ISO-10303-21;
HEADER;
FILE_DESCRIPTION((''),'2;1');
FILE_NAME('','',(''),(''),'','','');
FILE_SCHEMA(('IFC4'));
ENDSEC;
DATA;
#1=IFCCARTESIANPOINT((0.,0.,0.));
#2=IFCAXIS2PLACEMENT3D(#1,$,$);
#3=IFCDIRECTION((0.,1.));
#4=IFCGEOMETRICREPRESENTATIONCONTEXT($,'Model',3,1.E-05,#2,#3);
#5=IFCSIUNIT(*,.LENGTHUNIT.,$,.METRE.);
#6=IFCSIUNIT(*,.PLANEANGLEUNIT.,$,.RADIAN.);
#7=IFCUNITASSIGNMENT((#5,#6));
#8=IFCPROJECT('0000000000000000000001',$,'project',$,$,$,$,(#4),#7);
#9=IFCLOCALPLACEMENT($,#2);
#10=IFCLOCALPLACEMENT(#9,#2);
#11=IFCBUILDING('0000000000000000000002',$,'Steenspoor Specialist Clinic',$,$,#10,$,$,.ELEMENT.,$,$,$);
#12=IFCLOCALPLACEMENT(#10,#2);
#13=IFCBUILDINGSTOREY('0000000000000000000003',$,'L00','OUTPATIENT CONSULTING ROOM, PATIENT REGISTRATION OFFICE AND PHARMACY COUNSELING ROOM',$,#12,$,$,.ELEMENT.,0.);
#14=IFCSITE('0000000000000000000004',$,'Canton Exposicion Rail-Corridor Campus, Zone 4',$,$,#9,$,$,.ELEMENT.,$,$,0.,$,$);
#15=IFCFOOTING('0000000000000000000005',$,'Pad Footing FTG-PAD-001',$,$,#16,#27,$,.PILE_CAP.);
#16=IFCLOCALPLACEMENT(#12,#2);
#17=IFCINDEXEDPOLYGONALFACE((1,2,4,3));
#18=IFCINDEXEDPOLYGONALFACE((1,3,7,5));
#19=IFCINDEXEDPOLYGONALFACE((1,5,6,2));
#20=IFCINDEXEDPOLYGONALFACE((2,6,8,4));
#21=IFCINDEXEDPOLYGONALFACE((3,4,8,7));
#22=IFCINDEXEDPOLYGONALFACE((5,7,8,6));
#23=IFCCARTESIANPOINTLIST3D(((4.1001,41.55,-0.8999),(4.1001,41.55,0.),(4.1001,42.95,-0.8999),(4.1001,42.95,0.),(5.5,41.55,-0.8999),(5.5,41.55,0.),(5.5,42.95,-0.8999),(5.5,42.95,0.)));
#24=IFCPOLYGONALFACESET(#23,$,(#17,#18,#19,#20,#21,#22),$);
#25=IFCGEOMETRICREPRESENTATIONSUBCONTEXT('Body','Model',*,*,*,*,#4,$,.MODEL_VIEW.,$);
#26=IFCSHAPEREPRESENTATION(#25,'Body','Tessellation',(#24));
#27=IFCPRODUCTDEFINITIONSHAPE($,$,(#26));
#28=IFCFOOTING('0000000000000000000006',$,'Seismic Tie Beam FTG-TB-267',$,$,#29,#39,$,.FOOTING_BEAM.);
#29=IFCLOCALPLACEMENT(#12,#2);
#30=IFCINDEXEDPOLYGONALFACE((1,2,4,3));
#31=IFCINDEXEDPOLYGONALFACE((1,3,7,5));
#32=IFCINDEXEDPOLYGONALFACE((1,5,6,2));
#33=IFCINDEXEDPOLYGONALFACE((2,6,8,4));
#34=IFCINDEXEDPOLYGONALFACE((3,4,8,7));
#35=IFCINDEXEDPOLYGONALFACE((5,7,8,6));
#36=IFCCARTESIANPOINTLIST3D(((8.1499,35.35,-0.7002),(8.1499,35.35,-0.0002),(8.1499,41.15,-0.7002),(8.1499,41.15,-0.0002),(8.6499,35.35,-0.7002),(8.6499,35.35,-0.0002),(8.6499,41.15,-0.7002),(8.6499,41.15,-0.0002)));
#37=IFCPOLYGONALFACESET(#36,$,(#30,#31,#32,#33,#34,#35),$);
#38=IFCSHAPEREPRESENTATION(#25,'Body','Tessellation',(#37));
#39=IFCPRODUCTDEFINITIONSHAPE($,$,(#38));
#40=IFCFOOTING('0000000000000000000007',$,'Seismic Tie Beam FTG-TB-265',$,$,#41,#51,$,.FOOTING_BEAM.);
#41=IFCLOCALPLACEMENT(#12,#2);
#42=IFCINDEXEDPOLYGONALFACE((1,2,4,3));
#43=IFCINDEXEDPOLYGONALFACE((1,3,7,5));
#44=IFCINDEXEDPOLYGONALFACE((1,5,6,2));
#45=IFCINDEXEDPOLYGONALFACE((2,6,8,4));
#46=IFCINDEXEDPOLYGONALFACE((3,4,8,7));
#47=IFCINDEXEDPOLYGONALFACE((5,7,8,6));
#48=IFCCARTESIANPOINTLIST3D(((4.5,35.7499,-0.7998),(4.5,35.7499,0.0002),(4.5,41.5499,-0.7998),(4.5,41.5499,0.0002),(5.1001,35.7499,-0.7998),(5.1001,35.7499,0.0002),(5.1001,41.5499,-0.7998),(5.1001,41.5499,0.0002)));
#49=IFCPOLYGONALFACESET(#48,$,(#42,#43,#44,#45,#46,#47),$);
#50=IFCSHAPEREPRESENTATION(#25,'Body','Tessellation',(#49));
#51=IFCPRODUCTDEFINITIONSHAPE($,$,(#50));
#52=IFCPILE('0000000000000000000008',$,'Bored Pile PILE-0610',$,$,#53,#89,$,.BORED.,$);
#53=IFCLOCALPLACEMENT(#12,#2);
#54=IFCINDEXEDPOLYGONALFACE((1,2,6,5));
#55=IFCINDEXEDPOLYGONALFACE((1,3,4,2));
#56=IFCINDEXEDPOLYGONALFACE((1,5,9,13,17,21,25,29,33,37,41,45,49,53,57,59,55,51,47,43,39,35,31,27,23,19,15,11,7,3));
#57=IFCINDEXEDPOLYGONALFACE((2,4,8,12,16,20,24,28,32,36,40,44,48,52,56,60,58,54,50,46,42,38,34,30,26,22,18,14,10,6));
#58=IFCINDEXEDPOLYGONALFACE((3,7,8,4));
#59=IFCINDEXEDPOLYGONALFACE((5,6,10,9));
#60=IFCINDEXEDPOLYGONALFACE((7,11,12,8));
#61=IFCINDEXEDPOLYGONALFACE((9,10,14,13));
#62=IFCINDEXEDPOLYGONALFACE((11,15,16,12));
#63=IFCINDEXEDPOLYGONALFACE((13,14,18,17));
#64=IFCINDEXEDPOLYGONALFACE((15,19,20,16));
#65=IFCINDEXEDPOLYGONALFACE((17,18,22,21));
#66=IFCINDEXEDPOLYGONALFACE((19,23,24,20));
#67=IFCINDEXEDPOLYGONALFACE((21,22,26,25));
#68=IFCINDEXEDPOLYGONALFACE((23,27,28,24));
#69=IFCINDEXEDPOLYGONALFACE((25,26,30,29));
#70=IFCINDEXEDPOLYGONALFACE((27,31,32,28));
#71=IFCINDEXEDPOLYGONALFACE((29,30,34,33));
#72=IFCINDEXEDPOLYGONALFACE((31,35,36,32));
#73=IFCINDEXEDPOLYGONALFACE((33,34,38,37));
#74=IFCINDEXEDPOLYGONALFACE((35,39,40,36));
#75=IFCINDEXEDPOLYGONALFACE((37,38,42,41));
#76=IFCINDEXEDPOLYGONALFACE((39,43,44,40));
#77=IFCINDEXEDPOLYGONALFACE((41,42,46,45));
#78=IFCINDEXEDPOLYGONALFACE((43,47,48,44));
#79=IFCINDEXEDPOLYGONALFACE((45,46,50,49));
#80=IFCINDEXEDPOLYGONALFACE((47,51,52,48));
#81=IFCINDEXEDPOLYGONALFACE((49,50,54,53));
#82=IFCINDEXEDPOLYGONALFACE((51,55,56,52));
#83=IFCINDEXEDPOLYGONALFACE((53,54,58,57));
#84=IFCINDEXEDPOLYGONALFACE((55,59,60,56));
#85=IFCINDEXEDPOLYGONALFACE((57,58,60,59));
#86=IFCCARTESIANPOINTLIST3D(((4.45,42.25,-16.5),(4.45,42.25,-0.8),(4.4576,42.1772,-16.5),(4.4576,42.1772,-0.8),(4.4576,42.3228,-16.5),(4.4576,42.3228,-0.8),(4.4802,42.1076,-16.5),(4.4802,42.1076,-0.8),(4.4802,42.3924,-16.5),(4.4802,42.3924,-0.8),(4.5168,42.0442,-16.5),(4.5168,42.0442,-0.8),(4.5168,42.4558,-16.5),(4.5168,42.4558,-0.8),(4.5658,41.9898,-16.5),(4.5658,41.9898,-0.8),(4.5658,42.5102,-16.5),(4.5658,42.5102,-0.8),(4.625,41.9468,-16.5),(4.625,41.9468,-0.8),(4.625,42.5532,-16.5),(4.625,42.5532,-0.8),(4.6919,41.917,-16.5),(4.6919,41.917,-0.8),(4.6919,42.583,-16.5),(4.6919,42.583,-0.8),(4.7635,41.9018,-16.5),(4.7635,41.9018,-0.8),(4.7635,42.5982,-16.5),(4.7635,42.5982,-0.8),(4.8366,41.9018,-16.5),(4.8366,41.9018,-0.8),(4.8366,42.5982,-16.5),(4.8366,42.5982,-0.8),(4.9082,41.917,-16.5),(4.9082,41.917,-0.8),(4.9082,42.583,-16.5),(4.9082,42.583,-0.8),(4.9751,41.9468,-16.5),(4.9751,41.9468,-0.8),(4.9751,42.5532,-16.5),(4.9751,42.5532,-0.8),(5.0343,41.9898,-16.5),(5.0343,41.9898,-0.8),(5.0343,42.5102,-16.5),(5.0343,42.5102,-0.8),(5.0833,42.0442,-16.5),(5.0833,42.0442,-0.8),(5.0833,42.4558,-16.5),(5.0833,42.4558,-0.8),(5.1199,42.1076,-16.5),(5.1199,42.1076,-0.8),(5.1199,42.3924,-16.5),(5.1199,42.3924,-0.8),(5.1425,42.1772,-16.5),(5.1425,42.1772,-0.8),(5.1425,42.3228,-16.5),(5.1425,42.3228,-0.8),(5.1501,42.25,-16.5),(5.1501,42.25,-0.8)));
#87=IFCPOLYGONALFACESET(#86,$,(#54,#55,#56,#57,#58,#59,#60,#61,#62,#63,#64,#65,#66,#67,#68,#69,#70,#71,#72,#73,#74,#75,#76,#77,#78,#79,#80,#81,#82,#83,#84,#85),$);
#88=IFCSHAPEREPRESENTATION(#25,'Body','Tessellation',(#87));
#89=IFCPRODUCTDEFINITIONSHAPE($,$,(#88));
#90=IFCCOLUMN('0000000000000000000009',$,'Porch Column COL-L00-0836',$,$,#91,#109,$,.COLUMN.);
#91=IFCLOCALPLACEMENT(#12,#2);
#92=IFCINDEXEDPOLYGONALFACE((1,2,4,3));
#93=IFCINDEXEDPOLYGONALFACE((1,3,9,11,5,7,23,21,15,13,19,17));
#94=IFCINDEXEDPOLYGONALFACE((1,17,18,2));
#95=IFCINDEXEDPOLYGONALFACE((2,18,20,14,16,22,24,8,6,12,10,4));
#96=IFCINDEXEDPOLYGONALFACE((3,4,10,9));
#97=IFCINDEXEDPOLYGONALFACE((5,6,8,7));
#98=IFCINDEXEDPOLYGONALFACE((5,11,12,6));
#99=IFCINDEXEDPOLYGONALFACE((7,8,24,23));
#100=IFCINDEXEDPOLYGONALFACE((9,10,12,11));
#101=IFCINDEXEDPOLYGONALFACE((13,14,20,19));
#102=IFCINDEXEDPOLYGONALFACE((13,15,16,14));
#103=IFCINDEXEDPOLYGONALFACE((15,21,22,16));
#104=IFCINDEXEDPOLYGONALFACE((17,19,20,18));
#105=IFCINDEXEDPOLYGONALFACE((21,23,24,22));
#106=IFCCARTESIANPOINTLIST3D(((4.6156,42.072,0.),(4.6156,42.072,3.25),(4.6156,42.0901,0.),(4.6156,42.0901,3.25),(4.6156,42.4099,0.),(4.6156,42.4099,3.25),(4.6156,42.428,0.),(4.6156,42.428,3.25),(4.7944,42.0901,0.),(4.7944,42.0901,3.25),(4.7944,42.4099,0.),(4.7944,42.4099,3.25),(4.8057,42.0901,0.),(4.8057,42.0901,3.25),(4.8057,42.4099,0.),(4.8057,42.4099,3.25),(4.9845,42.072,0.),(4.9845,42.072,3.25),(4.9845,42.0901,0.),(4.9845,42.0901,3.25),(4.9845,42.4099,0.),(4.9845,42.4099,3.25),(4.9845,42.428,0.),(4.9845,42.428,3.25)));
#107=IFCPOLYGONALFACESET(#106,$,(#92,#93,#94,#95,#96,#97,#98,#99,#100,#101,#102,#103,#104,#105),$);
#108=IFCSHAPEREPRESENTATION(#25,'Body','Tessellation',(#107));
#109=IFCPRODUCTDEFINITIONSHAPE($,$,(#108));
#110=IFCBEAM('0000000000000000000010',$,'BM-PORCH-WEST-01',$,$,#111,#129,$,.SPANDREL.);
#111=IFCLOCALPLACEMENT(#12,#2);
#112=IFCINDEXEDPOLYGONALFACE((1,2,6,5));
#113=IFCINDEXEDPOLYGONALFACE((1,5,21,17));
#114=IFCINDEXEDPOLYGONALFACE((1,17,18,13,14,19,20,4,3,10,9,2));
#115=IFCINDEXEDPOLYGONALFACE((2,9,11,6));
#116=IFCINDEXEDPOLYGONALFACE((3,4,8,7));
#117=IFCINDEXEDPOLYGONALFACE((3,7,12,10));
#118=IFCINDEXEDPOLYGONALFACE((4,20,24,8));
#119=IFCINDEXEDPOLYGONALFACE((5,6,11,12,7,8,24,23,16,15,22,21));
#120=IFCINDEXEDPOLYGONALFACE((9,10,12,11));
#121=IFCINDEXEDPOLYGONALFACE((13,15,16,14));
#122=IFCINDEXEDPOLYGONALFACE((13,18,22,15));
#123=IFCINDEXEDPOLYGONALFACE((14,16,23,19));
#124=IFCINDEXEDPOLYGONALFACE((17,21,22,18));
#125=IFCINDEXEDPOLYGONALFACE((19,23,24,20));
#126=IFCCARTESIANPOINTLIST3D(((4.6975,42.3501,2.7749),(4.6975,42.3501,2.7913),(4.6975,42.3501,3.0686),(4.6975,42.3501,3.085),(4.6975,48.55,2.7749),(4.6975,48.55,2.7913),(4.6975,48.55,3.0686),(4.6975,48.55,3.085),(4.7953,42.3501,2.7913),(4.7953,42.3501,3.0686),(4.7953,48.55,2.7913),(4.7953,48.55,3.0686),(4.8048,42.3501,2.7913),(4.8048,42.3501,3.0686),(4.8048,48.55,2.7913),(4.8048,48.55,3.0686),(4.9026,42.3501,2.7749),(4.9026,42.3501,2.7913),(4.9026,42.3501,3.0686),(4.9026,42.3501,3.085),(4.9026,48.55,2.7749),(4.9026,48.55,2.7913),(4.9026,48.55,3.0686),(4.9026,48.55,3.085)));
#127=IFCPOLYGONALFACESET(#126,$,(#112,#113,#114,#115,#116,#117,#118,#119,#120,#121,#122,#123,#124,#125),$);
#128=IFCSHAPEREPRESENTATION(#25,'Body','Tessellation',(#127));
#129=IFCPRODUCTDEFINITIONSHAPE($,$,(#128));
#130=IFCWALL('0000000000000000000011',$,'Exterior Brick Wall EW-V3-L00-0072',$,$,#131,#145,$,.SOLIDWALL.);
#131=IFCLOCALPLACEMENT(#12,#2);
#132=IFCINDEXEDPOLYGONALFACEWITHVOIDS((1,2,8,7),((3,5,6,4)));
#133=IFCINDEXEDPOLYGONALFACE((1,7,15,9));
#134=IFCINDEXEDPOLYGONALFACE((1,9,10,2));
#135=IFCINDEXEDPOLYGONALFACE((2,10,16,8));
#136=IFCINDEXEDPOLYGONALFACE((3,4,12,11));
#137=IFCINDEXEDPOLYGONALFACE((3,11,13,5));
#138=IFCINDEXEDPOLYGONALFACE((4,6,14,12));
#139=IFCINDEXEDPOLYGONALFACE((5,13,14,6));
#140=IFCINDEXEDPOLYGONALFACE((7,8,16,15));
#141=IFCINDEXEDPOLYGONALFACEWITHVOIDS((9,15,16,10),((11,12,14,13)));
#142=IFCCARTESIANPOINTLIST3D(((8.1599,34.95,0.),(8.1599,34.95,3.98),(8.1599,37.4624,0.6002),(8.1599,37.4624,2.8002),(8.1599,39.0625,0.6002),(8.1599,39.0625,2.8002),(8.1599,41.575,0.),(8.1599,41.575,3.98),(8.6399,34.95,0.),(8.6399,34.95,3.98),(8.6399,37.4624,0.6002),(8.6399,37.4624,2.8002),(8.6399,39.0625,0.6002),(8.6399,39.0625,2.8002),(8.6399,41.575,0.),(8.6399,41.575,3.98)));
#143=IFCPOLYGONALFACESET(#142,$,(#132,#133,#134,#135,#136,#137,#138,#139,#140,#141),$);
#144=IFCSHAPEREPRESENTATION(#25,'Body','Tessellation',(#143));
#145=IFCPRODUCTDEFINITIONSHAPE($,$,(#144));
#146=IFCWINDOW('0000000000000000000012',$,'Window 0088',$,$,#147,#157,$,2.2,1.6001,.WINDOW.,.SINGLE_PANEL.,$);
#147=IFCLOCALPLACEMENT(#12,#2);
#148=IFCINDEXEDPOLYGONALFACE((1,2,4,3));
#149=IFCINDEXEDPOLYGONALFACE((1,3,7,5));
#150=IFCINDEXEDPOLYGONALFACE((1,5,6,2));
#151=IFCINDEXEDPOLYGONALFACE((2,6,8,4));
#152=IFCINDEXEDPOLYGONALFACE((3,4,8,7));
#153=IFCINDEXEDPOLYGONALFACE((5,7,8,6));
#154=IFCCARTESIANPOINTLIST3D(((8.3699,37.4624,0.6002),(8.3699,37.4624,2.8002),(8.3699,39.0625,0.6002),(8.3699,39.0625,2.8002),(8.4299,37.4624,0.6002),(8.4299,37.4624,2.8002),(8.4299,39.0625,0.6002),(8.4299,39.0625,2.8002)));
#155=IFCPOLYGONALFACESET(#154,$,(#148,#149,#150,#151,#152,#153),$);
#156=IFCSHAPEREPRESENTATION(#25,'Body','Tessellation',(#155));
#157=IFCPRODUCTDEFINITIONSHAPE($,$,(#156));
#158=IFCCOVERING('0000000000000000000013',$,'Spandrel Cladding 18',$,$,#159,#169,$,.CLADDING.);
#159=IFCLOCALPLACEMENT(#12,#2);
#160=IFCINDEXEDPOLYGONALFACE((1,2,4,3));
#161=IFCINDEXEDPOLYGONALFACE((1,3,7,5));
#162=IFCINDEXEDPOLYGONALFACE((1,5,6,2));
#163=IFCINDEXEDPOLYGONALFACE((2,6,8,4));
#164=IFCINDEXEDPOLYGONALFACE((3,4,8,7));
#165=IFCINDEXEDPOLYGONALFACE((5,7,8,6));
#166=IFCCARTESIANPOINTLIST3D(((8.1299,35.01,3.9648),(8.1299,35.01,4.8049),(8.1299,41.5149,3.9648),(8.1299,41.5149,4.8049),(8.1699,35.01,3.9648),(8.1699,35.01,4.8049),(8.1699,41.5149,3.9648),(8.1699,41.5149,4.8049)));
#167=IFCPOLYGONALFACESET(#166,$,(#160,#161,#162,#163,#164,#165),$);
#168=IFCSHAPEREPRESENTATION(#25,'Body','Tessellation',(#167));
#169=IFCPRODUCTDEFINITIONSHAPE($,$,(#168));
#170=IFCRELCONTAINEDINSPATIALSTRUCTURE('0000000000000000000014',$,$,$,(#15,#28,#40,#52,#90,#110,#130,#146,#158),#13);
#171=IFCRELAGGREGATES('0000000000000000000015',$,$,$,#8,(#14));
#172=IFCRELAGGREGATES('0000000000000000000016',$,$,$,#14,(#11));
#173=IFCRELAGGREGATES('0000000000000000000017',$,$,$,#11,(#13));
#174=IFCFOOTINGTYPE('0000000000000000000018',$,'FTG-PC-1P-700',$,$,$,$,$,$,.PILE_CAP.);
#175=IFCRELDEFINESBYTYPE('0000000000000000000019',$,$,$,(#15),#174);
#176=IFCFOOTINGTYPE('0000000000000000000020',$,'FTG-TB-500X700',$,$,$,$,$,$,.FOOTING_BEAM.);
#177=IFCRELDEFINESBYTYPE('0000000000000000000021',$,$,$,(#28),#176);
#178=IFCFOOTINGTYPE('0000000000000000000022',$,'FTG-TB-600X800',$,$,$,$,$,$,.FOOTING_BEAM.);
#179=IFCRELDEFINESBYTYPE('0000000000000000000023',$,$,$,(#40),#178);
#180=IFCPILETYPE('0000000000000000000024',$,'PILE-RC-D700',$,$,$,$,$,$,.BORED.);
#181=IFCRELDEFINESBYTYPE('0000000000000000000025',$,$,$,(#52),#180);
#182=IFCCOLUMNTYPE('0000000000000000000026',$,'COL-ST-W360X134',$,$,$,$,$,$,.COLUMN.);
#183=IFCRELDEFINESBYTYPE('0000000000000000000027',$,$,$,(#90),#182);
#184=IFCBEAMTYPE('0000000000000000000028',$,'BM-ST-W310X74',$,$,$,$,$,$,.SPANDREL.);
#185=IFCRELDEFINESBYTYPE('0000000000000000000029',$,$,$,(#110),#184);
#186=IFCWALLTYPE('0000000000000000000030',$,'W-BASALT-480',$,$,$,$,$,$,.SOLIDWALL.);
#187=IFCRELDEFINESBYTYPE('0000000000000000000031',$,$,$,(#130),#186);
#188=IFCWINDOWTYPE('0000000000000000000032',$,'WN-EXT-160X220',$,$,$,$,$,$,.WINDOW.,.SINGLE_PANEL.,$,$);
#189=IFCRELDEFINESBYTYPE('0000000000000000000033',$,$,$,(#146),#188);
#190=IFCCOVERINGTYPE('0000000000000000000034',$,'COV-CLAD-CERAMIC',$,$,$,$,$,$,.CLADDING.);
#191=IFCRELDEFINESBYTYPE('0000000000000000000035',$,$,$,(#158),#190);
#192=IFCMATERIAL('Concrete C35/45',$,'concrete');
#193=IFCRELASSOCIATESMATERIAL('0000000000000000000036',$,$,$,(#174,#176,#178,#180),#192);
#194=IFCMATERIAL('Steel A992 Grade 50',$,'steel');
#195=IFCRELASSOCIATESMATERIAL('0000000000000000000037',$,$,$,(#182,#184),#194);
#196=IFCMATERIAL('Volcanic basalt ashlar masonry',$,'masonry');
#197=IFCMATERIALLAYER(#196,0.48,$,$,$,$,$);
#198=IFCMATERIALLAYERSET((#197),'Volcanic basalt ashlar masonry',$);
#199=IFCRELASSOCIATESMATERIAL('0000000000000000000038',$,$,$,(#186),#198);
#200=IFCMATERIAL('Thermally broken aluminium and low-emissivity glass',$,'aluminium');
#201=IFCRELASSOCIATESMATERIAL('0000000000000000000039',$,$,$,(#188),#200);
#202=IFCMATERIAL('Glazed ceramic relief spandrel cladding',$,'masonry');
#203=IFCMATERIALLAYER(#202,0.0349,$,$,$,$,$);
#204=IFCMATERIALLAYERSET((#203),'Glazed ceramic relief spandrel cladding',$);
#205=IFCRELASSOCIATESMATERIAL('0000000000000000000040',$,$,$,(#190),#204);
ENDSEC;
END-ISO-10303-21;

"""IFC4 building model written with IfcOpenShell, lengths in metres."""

from ifc_helpers import new_model, si_unit, direction, frame, frame_2d, origin, origin_2d, place, context, subcontext, project, spatial, rectangle, circle, i_section, extrude, material, layer, layer_set, material_profile, profile_set, type_object, element, fill, save


model = new_model("IFC4")

# Units and contexts
model_context = context("Model", 3, precision=1e-05, world=origin(), true_north=direction((0.0, 1.0)))
body_context = subcontext(model_context, "Body", "Model", "MODEL_VIEW")
ifc_project = project(units=[si_unit("LENGTHUNIT", "METRE"), si_unit("PLANEANGLEUNIT", "RADIAN")], contexts=[model_context])

# Site, building, storey
site_placement = place(None, origin())
site = spatial("IfcSite", under=ifc_project, at=site_placement, Name="Canton Exposicion Rail-Corridor Campus, Zone 4", CompositionType="ELEMENT", RefElevation=0.0)
building_placement = place(site_placement, origin())
building = spatial("IfcBuilding", under=site, at=building_placement, Name="Steenspoor Specialist Clinic", CompositionType="ELEMENT")
storey_placement = place(building_placement, origin())
storey = spatial("IfcBuildingStorey", under=building, at=storey_placement, Name="L00", Description="OUTPATIENT CONSULTING ROOM, PATIENT REGISTRATION OFFICE AND PHARMACY COUNSELING ROOM", CompositionType="ELEMENT", Elevation=0.0)

# Footings
ifc_material_1 = material(Name="Concrete C35/45", Category="concrete")
footing_type_1 = type_object("IfcFootingType", Name="FTG-PC-1P-700", PredefinedType="PILE_CAP", material=ifc_material_1)
footing_1_placement = place(storey_placement, frame((4.8, 42.25, -0.8999), z_axis=(0.0, 0.0, 1.0), x_axis=(1.0, 0.0, 0.0)))
element("IfcFooting", 1, at=footing_1_placement, inside=storey, type_object=footing_type_1, Name="Pad Footing FTG-PAD-001", PredefinedType="PILE_CAP", context=body_context, shape_type="SweptSolid", body=[
    extrude(rectangle(XDim=1.3999, YDim=1.3999, at=origin_2d()), origin(), (0.0, 0.0, 1.0), 0.8999),
])
footing_type_2 = type_object("IfcFootingType", Name="FTG-TB-500X700", PredefinedType="FOOTING_BEAM", material=ifc_material_1)
footing_2_placement = place(storey_placement, frame((8.3999, 38.25, -0.7002), z_axis=(0.0, 0.0, 1.0), x_axis=(1.0, 0.0, 0.0)))
element("IfcFooting", 2, at=footing_2_placement, inside=storey, type_object=footing_type_2, Name="Seismic Tie Beam FTG-TB-267", PredefinedType="FOOTING_BEAM", context=body_context, shape_type="SweptSolid", body=[
    extrude(rectangle(XDim=0.5, YDim=5.8, at=origin_2d()), origin(), (0.0, 0.0, 1.0), 0.7),
])
footing_type_3 = type_object("IfcFootingType", Name="FTG-TB-600X800", PredefinedType="FOOTING_BEAM", material=ifc_material_1)
footing_3_placement = place(storey_placement, frame((4.8, 38.6499, -0.7998), z_axis=(0.0, 0.0, 1.0), x_axis=(1.0, 0.0, 0.0)))
element("IfcFooting", 3, at=footing_3_placement, inside=storey, type_object=footing_type_3, Name="Seismic Tie Beam FTG-TB-265", PredefinedType="FOOTING_BEAM", context=body_context, shape_type="SweptSolid", body=[
    extrude(rectangle(XDim=0.6001, YDim=5.8, at=origin_2d()), origin(), (0.0, 0.0, 1.0), 0.8),
])

# Pile
ifc_material_profile_1 = material_profile(ifc_material_1, circle(Radius=0.3501, at=origin_2d()), Name="PILE-D700")
ifc_profile_set_1 = profile_set([ifc_material_profile_1], Name="Concrete C35/45")
pile_type = type_object("IfcPileType", Name="PILE-RC-D700", PredefinedType="BORED", material=ifc_profile_set_1)
pile_placement = place(storey_placement, frame((4.8, 42.25, -0.8), z_axis=(0.0, 0.0, -1.0), x_axis=(1.0, 0.0, 0.0)))
element("IfcPile", 4, at=pile_placement, inside=storey, type_object=pile_type, Name="Bored Pile PILE-0610", PredefinedType="BORED", context=body_context, shape_type="SweptSolid", body=[
    extrude(circle(Radius=0.3501, at=origin_2d()), origin(), (0.0, 0.0, 1.0), 15.7),
])

# Column
ifc_material_2 = material(Name="Steel A992 Grade 50", Category="steel")
ifc_material_profile_2 = material_profile(ifc_material_2, i_section(OverallWidth=0.3689, OverallDepth=0.356, WebThickness=0.0112, FlangeThickness=0.0181, at=origin_2d()), Name="W360X134")
ifc_profile_set_2 = profile_set([ifc_material_profile_2], Name="Steel A992 Grade 50")
column_type = type_object("IfcColumnType", Name="COL-ST-W360X134", PredefinedType="COLUMN", material=ifc_profile_set_2)
column_placement = place(storey_placement, frame((4.8, 42.25, 0.0), z_axis=(0.0, 0.0, 1.0), x_axis=(1.0, 0.0, 0.0)))
element("IfcColumn", 5, at=column_placement, inside=storey, type_object=column_type, Name="Porch Column COL-L00-0836", PredefinedType="COLUMN", context=body_context, shape_type="SweptSolid", body=[
    extrude(i_section(OverallWidth=0.3689, OverallDepth=0.356, WebThickness=0.0112, FlangeThickness=0.0181, at=origin_2d()), origin(), (0.0, 0.0, 1.0), 3.25),
])

# Beam
ifc_material_profile_3 = material_profile(ifc_material_2, i_section(OverallWidth=0.2051, OverallDepth=0.3101, WebThickness=0.0095, FlangeThickness=0.0164, at=origin_2d()), Name="W310X74")
ifc_profile_set_3 = profile_set([ifc_material_profile_3], Name="Steel A992 Grade 50")
beam_type = type_object("IfcBeamType", Name="BM-ST-W310X74", PredefinedType="SPANDREL", material=ifc_profile_set_3)
beam_placement = place(storey_placement, frame((4.8, 42.3501, 2.9299), z_axis=(0.0, 1.0, 0.0), x_axis=(-1.0, 0.0, 0.0)))
element("IfcBeam", 6, at=beam_placement, inside=storey, type_object=beam_type, Name="BM-PORCH-WEST-01", PredefinedType="SPANDREL", context=body_context, shape_type="SweptSolid", body=[
    extrude(i_section(OverallWidth=0.2051, OverallDepth=0.3101, WebThickness=0.0095, FlangeThickness=0.0164, at=origin_2d()), origin(), (0.0, 0.0, 1.0), 6.2),
])

# Wall, opening, window
ifc_material_3 = material(Name="Volcanic basalt ashlar masonry", Category="masonry")
ifc_layer_1 = layer(ifc_material_3, 0.48)
ifc_layer_set_1 = layer_set([ifc_layer_1], Name="Volcanic basalt ashlar masonry")
wall_type = type_object("IfcWallType", Name="W-BASALT-480", PredefinedType="SOLIDWALL", material=ifc_layer_set_1)
wall_placement = place(storey_placement, frame((8.3999, 34.95, 0.0), z_axis=(0.0, 0.0, 1.0), x_axis=(0.0, 1.0, 0.0)))
wall = element("IfcWall", 7, at=wall_placement, inside=storey, type_object=wall_type, Name="Exterior Brick Wall EW-V3-L00-0072", PredefinedType="SOLIDWALL", context=body_context, shape_type="SweptSolid", body=[
    extrude(rectangle(XDim=6.625, YDim=0.48, at=frame_2d((3.3125, 0.0))), origin(), (0.0, 0.0, 1.0), 3.98),
])
opening_placement = place(wall_placement, frame((2.5125, 0.0, 0.6001)))
opening = element("IfcOpeningElement", 8, at=opening_placement, cuts=wall, PredefinedType="OPENING", context=body_context, shape_type="SweptSolid", body=[
    extrude(rectangle(XDim=1.6001, YDim=2.2, at=frame_2d((0.8, 1.1001))), frame((0.0, 0.25, 0.0), z_axis=(0.0, -1.0, 0.0), x_axis=(1.0, 0.0, 0.0)), (0.0, 0.0, 1.0), 0.5),
])
ifc_material_4 = material(Name="Thermally broken aluminium and low-emissivity glass", Category="aluminium")
window_type = type_object("IfcWindowType", Name="WN-EXT-160X220", PartitioningType="SINGLE_PANEL", PredefinedType="WINDOW", material=ifc_material_4)
window_placement = place(opening_placement, origin())
window = element("IfcWindow", 9, at=window_placement, inside=storey, type_object=window_type, Name="Window 0088", OverallHeight=2.2, OverallWidth=1.6001, PartitioningType="SINGLE_PANEL", PredefinedType="WINDOW", context=body_context, shape_type="SweptSolid", body=[
    extrude(rectangle(XDim=1.6001, YDim=2.2, at=frame_2d((0.8, 1.1001))), frame((0.0, 0.03, 0.0), z_axis=(0.0, -1.0, 0.0), x_axis=(1.0, 0.0, 0.0)), (0.0, 0.0, 1.0), 0.0601),
])
fill(opening, window)

# Covering
ifc_material_5 = material(Name="Glazed ceramic relief spandrel cladding", Category="masonry")
ifc_layer_2 = layer(ifc_material_5, 0.0349)
ifc_layer_set_2 = layer_set([ifc_layer_2], Name="Glazed ceramic relief spandrel cladding")
covering_type = type_object("IfcCoveringType", Name="COV-CLAD-CERAMIC", PredefinedType="CLADDING", material=ifc_layer_set_2)
covering_placement = place(storey_placement, frame((8.1499, 38.2625, 3.9648), z_axis=(0.0, 0.0, 1.0), x_axis=(0.0, 1.0, 0.0)))
element("IfcCovering", 10, at=covering_placement, inside=storey, type_object=covering_type, Name="Spandrel Cladding 18", PredefinedType="CLADDING", context=body_context, shape_type="SweptSolid", body=[
    extrude(rectangle(XDim=6.5049, YDim=0.04, at=origin_2d()), origin(), (0.0, 0.0, 1.0), 0.8401),
])

save(model, "model.ifc")
